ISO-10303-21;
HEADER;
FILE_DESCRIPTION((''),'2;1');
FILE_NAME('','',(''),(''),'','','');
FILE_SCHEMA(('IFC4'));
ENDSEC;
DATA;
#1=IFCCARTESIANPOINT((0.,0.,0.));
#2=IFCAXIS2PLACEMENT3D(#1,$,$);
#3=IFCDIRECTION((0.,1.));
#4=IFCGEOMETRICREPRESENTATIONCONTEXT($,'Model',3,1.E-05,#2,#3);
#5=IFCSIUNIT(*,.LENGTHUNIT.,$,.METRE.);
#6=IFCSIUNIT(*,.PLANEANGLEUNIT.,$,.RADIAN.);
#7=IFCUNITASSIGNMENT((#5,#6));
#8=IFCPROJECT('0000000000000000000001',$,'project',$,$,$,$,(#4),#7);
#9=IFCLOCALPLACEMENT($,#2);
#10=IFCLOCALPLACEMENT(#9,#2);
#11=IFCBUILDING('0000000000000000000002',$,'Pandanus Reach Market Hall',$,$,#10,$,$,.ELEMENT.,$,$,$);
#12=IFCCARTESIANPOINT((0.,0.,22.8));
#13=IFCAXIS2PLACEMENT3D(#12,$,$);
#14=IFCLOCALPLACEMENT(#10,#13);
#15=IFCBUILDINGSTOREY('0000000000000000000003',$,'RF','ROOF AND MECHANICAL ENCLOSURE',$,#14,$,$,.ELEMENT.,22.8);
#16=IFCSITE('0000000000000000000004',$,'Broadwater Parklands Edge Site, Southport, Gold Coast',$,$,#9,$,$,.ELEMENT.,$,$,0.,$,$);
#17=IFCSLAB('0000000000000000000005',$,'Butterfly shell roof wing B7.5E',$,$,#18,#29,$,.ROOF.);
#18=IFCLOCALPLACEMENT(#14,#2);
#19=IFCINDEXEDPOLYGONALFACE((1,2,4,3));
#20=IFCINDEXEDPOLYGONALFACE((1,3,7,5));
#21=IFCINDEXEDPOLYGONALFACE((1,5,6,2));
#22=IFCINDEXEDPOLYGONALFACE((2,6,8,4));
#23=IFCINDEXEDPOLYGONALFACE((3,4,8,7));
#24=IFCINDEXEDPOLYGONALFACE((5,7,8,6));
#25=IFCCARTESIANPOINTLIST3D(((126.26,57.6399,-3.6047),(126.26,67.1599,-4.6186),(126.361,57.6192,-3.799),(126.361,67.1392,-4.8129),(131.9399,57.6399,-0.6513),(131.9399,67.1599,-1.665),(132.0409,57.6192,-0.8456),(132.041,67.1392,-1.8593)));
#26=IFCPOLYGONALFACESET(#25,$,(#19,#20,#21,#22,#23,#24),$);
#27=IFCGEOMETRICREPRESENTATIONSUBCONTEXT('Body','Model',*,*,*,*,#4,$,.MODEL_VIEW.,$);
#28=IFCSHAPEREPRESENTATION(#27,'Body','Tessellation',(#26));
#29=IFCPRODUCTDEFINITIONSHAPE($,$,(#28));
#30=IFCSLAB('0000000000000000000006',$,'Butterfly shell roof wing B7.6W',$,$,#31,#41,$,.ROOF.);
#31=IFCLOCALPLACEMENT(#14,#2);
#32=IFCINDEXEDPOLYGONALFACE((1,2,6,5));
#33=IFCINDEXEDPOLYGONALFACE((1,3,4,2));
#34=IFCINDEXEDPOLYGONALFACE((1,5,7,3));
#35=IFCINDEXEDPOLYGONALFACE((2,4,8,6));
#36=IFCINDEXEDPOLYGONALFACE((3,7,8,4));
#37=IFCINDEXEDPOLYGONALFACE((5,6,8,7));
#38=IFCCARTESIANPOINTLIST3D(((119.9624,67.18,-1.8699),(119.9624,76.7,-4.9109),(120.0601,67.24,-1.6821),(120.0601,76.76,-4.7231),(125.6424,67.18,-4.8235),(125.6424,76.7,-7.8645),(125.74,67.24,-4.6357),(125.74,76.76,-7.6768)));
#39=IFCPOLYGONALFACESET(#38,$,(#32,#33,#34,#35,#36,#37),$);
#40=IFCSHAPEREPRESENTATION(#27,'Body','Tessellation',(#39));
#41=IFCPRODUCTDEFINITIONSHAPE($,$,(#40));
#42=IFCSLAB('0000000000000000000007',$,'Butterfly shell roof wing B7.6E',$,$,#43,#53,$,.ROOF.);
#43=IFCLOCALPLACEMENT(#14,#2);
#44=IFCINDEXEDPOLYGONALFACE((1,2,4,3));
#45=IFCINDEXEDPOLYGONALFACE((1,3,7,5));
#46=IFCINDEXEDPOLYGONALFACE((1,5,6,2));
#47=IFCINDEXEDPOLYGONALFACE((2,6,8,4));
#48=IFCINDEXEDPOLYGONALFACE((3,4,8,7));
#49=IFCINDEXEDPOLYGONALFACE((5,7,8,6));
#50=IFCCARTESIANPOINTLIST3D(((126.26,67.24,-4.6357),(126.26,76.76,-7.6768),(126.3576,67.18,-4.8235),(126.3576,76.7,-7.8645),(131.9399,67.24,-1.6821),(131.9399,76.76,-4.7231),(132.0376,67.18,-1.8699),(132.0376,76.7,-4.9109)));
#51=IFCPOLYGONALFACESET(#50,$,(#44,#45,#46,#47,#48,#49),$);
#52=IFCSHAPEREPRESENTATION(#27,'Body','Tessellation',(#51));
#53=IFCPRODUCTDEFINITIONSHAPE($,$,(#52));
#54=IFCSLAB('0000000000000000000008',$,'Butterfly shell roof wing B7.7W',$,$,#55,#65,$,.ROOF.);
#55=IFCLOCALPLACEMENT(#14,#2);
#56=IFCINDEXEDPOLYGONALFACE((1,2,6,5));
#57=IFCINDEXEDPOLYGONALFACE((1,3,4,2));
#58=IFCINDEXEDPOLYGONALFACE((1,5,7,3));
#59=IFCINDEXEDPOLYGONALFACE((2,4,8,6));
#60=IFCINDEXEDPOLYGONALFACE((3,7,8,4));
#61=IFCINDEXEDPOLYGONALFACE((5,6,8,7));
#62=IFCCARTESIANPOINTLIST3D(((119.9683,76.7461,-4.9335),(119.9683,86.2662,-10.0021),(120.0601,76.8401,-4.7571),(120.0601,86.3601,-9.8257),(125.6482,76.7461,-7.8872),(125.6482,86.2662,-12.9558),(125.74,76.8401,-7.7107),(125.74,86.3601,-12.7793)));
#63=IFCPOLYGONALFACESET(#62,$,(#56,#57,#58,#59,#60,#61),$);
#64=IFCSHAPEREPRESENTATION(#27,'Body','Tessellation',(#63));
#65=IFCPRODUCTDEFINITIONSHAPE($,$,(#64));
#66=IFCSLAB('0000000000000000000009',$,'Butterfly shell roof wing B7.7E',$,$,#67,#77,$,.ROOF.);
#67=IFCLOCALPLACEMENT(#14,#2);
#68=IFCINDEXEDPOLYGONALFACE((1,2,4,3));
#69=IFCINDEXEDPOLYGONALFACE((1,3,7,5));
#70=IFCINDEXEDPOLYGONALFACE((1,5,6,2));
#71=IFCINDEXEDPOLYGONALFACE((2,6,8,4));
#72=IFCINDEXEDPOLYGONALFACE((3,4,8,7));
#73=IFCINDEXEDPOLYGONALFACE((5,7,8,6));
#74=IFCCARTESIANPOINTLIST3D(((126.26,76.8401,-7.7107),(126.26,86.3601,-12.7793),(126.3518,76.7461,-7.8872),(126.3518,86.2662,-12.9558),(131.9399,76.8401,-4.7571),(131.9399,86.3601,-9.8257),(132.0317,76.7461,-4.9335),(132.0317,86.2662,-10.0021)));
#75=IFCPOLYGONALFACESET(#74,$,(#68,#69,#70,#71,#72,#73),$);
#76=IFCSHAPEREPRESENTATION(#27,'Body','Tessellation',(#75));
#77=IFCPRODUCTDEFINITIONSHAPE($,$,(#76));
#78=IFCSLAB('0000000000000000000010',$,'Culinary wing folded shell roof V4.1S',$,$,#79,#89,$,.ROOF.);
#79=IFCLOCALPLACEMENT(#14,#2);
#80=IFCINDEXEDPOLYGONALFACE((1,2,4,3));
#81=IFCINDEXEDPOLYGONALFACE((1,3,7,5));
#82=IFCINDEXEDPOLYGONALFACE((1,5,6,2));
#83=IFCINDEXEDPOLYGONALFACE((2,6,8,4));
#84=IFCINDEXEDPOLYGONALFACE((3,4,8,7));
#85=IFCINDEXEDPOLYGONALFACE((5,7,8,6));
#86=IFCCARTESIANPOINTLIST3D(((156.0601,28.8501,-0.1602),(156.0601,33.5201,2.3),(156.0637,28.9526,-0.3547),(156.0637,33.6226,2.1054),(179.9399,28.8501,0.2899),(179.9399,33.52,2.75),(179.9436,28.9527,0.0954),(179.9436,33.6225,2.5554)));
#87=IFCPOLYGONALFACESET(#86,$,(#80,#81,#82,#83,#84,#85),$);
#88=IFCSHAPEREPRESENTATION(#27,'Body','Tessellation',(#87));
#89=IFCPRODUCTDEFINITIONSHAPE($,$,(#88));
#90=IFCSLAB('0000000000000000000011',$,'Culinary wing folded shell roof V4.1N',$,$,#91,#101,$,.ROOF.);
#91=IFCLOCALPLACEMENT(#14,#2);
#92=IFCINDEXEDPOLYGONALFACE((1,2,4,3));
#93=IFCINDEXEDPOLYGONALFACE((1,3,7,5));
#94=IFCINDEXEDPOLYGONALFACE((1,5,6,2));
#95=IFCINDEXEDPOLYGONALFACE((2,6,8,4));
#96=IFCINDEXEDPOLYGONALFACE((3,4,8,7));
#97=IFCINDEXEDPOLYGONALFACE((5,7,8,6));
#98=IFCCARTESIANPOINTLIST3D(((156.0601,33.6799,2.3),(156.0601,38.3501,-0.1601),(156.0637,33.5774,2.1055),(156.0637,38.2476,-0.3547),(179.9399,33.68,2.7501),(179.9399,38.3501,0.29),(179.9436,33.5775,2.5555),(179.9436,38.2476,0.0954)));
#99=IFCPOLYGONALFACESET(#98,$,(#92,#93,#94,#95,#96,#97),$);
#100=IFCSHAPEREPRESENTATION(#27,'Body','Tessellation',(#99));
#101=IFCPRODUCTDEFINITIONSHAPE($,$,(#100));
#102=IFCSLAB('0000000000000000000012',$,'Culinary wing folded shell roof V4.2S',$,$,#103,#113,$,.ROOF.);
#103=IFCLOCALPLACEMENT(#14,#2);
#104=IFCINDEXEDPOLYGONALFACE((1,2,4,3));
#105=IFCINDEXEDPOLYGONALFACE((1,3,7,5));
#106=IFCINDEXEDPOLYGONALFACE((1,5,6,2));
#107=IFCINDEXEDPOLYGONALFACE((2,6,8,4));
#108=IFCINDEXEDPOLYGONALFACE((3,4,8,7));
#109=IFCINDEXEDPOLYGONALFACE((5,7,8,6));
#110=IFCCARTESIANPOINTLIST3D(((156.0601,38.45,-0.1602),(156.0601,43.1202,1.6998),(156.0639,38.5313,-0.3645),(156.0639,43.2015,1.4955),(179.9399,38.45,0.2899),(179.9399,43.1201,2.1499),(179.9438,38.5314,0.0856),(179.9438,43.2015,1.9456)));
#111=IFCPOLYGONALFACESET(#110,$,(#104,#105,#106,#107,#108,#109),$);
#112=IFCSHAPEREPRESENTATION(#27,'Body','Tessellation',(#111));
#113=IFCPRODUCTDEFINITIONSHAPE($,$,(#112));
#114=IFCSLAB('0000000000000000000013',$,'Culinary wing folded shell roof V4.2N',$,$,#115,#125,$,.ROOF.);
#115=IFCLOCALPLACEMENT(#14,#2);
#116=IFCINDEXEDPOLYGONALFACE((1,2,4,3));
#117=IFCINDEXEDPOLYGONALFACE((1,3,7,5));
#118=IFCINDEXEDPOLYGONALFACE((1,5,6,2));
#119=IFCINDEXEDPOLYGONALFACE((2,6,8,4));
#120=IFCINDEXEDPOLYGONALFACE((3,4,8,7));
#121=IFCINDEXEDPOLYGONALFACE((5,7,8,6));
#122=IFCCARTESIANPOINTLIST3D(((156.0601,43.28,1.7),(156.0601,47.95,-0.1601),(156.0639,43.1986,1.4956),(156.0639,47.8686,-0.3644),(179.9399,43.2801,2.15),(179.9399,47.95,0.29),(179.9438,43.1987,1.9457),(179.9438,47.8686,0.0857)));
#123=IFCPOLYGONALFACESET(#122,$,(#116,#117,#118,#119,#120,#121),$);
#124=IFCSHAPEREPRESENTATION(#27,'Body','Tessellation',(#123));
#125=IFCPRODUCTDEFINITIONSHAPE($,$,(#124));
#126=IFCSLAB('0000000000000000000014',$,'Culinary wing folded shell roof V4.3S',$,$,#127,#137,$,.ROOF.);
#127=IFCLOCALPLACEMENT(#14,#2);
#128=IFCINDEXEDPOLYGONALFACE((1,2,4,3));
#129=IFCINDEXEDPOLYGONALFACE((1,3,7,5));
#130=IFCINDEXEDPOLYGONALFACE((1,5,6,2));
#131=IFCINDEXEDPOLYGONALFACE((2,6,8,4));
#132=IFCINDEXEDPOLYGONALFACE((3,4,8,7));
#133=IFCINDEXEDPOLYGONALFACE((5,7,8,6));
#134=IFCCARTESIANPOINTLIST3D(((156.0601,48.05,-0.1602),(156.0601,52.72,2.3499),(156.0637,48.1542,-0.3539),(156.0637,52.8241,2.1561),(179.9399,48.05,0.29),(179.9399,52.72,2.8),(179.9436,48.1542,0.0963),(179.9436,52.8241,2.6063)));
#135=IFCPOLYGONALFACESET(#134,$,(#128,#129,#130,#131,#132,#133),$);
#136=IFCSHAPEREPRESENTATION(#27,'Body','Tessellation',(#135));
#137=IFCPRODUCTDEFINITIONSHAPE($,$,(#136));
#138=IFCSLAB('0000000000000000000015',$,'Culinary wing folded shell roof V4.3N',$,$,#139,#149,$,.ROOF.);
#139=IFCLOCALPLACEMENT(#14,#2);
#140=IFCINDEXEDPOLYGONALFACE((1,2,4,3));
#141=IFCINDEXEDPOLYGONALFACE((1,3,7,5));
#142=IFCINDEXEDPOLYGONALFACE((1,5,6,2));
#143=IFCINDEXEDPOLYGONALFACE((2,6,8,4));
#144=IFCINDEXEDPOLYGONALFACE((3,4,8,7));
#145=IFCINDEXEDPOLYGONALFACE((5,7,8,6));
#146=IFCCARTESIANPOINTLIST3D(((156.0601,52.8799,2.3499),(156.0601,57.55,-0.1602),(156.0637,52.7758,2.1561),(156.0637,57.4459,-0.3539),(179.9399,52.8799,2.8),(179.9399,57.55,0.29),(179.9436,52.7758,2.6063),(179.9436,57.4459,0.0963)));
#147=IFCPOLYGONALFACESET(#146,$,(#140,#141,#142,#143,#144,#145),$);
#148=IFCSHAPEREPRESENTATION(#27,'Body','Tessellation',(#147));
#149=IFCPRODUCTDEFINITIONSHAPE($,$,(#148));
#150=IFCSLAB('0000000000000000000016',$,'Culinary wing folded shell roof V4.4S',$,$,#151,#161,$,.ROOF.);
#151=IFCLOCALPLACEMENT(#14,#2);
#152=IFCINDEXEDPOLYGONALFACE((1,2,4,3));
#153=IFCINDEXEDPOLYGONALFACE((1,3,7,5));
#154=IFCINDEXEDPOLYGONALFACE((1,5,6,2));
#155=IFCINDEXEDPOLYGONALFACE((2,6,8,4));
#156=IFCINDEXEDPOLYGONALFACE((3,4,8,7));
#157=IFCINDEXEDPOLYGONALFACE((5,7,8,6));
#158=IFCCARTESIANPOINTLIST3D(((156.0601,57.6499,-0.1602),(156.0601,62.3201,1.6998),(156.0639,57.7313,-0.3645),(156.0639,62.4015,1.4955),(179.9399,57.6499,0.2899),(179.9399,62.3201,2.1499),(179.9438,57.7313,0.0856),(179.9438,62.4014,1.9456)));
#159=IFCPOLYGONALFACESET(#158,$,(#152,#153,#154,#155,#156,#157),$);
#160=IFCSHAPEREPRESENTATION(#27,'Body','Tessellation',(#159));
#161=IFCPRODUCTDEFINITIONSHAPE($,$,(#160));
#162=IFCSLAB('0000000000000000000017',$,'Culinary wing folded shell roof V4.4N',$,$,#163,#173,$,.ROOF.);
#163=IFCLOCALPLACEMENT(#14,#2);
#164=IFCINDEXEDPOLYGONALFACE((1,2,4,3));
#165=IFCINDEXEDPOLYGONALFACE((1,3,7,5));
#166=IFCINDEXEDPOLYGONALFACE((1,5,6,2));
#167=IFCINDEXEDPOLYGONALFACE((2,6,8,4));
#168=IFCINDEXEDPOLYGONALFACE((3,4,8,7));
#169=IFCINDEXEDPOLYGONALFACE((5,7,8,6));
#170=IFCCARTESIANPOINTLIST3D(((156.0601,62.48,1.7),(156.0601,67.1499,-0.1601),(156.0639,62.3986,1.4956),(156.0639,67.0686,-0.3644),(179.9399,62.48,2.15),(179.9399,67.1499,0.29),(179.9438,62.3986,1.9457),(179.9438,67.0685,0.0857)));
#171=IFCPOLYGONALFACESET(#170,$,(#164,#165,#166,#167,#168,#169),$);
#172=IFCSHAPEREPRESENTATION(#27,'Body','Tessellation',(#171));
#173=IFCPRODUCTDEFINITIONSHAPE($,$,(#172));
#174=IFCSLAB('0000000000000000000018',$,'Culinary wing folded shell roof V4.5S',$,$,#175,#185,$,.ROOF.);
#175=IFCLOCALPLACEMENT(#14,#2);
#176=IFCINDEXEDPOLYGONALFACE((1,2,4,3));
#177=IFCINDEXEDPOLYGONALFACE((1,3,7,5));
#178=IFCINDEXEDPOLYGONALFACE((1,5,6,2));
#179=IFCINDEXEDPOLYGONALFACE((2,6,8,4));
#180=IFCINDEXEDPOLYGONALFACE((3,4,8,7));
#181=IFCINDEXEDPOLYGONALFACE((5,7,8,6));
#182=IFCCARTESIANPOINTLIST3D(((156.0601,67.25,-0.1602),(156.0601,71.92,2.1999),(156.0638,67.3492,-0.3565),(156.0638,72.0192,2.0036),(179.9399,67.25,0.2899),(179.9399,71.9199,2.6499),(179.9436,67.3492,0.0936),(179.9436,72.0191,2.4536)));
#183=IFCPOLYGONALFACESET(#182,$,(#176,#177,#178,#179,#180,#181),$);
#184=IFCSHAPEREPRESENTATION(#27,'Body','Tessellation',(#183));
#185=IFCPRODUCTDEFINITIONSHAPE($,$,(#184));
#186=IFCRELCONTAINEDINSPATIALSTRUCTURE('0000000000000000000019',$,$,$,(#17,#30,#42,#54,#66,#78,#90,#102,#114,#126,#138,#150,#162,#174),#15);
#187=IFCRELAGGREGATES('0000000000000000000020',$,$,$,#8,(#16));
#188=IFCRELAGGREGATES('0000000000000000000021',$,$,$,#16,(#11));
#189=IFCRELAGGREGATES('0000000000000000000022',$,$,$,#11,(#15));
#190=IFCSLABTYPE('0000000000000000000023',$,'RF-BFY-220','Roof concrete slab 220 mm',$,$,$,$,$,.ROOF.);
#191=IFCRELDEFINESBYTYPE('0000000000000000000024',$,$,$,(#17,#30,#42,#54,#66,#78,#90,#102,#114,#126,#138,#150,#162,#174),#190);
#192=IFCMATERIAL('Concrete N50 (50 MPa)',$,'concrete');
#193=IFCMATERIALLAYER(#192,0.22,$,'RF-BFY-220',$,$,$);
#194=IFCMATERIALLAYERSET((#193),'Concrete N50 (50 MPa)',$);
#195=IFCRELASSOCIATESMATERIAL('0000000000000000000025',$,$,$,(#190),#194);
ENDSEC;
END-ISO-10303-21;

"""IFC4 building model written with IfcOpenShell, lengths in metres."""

from ifc_helpers import new_model, si_unit, direction, frame, origin, place, context, subcontext, project, spatial, polyline, outline, extrude, material, layer, layer_set, type_object, element, save


model = new_model("IFC4")

# Units and contexts
model_context = context("Model", 3, precision=1e-05, world=origin(), true_north=direction((0.0, 1.0)))
body_context = subcontext(model_context, "Body", "Model", "MODEL_VIEW")
ifc_project = project(units=[si_unit("LENGTHUNIT", "METRE"), si_unit("PLANEANGLEUNIT", "RADIAN")], contexts=[model_context])

# Site, building, storey
site_placement = place(None, origin())
site = spatial("IfcSite", under=ifc_project, at=site_placement, Name="Broadwater Parklands Edge Site, Southport, Gold Coast", CompositionType="ELEMENT", RefElevation=0.0)
building_placement = place(site_placement, origin())
building = spatial("IfcBuilding", under=site, at=building_placement, Name="Pandanus Reach Market Hall", CompositionType="ELEMENT")
storey_placement = place(building_placement, frame((0.0, 0.0, 22.8)))
storey = spatial("IfcBuildingStorey", under=building, at=storey_placement, Name="RF", Description="ROOF AND MECHANICAL ENCLOSURE", CompositionType="ELEMENT", Elevation=22.8)

# Slabs
ifc_material_1 = material(Name="Concrete N50 (50 MPa)", Category="concrete")
ifc_layer_1 = layer(ifc_material_1, 0.22, Name="RF-BFY-220")
ifc_layer_set_1 = layer_set([ifc_layer_1], Name="Concrete N50 (50 MPa)")
slab_type_1 = type_object("IfcSlabType", Name="RF-BFY-220", Description="Roof concrete slab 220 mm", PredefinedType="ROOF", material=ifc_layer_set_1)
slab_1_placement = place(storey_placement, frame((126.26, 57.6399, -3.6047), z_axis=(-0.459298, 0.094062, 0.883288), x_axis=(0.887222, 0.000002, 0.461344)))
element("IfcSlab", 1, at=slab_1_placement, inside=storey, type_object=slab_type_1, Name="Butterfly shell roof wing B7.5E", PredefinedType="ROOF", context=body_context, shape_type="SweptSolid", body=[
    extrude(outline(polyline([(0.0, 0.0), (6.4019, 0.0), (5.9342, 9.5624), (-0.4677, 9.5624), (0.0, 0.0)])), origin(), (0.0, 0.0, -1.0), 0.22),
])
slab_2_placement = place(storey_placement, frame((120.0601, 67.24, -1.6821), z_axis=(0.443877, 0.272667, 0.853596), x_axis=(0.887214, 0.0, -0.461359)))
element("IfcSlab", 2, at=slab_2_placement, inside=storey, type_object=slab_type_1, Name="Butterfly shell roof wing B7.6W", PredefinedType="ROOF", context=body_context, shape_type="SweptSolid", body=[
    extrude(outline(polyline([(0.0, 0.0), (6.402, 0.0), (7.805, 9.895), (1.403, 9.895), (0.0, 0.0)])), origin(), (0.0, 0.0, -1.0), 0.22),
])
slab_3_placement = place(storey_placement, frame((126.26, 67.24, -4.6357), z_axis=(-0.443877, 0.272667, 0.853596), x_axis=(0.887214, 0.0, 0.461359)))
element("IfcSlab", 3, at=slab_3_placement, inside=storey, type_object=slab_type_1, Name="Butterfly shell roof wing B7.6E", PredefinedType="ROOF", context=body_context, shape_type="SweptSolid", body=[
    extrude(outline(polyline([(0.0, 0.0), (6.402, 0.0), (4.999, 9.895), (-1.403, 9.895), (0.0, 0.0)])), origin(), (0.0, 0.0, -1.0), 0.22),
])
slab_4_placement = place(storey_placement, frame((120.0601, 76.8401, -4.7571), z_axis=(0.41716, 0.427113, 0.802217), x_axis=(0.887214, 0.0, -0.461359)))
element("IfcSlab", 4, at=slab_4_placement, inside=storey, type_object=slab_type_1, Name="Butterfly shell roof wing B7.7W", PredefinedType="ROOF", context=body_context, shape_type="SweptSolid", body=[
    extrude(outline(polyline([(0.0, 0.0), (6.402, 0.0), (8.7404, 10.5287), (2.3384, 10.5287), (0.0, 0.0)])), origin(), (0.0, 0.0, -1.0), 0.22),
])
slab_5_placement = place(storey_placement, frame((126.26, 76.8401, -7.7107), z_axis=(-0.41716, 0.427113, 0.802217), x_axis=(0.887214, 0.0, 0.461359)))
element("IfcSlab", 5, at=slab_5_placement, inside=storey, type_object=slab_type_1, Name="Butterfly shell roof wing B7.7E", PredefinedType="ROOF", context=body_context, shape_type="SweptSolid", body=[
    extrude(outline(polyline([(0.0, 0.0), (6.402, 0.0), (4.0635, 10.5287), (-2.3384, 10.5287), (0.0, 0.0)])), origin(), (0.0, 0.0, -1.0), 0.22),
])
slab_6_placement = place(storey_placement, frame((156.0601, 28.8501, -0.1602), z_axis=(-0.016673, -0.466012, 0.884621), x_axis=(0.999822, 0.000002, 0.018845)))
element("IfcSlab", 6, at=slab_6_placement, inside=storey, type_object=slab_type_1, Name="Culinary wing folded shell roof V4.1S", PredefinedType="ROOF", context=body_context, shape_type="SweptSolid", body=[
    extrude(outline(polyline([(0.0, 0.0), (23.8841, 0.0), (23.9305, 5.278), (0.0464, 5.2781), (0.0, 0.0)])), origin(), (0.0, 0.0, -1.0), 0.22),
])
slab_7_placement = place(storey_placement, frame((156.0601, 33.6799, 2.3), z_axis=(-0.016673, 0.465993, 0.884631), x_axis=(0.999822, 0.000002, 0.018843)))
element("IfcSlab", 7, at=slab_7_placement, inside=storey, type_object=slab_type_1, Name="Culinary wing folded shell roof V4.1N", PredefinedType="ROOF", context=body_context, shape_type="SweptSolid", body=[
    extrude(outline(polyline([(0.0, 0.0), (23.8841, 0.0), (23.8378, 5.2782), (-0.0463, 5.2783), (0.0, 0.0)])), origin(), (0.0, 0.0, -1.0), 0.22),
])
slab_8_placement = place(storey_placement, frame((156.0601, 38.45, -0.1602), z_axis=(-0.017507, -0.369948, 0.928888), x_axis=(0.999822, 0.000002, 0.018845)))
element("IfcSlab", 8, at=slab_8_placement, inside=storey, type_object=slab_type_1, Name="Culinary wing folded shell roof V4.2S", PredefinedType="ROOF", context=body_context, shape_type="SweptSolid", body=[
    extrude(outline(polyline([(0.0, 0.0), (23.8841, 0.0), (23.9192, 5.0268), (0.0351, 5.0268), (0.0, 0.0)])), origin(), (0.0, 0.0, -1.0), 0.22),
])
slab_9_placement = place(storey_placement, frame((156.0601, 43.28, 1.7), z_axis=(-0.017507, 0.369964, 0.928881), x_axis=(0.999822, 0.000002, 0.018843)))
element("IfcSlab", 9, at=slab_9_placement, inside=storey, type_object=slab_type_1, Name="Culinary wing folded shell roof V4.2N", PredefinedType="ROOF", context=body_context, shape_type="SweptSolid", body=[
    extrude(outline(polyline([(0.0, 0.0), (23.8841, 0.0), (23.8491, 5.0265), (-0.035, 5.0266), (0.0, 0.0)])), origin(), (0.0, 0.0, -1.0), 0.22),
])
slab_10_placement = place(storey_placement, frame((156.0601, 48.05, -0.1602), z_axis=(-0.016604, -0.473367, 0.880709), x_axis=(0.999822, 0.0, 0.018849)))
element("IfcSlab", 10, at=slab_10_placement, inside=storey, type_object=slab_type_1, Name="Culinary wing folded shell roof V4.3S", PredefinedType="ROOF", context=body_context, shape_type="SweptSolid", body=[
    extrude(outline(polyline([(0.0, 0.0), (23.8841, 0.0), (23.9314, 5.3015), (0.0473, 5.3015), (0.0, 0.0)])), origin(), (0.0, 0.0, -1.0), 0.22),
])
slab_11_placement = place(storey_placement, frame((156.0601, 52.8799, 2.3499), z_axis=(-0.016604, 0.473348, 0.880719), x_axis=(0.999822, 0.0, 0.018849)))
element("IfcSlab", 11, at=slab_11_placement, inside=storey, type_object=slab_type_1, Name="Culinary wing folded shell roof V4.3N", PredefinedType="ROOF", context=body_context, shape_type="SweptSolid", body=[
    extrude(outline(polyline([(0.0, 0.0), (23.8841, 0.0), (23.8368, 5.3017), (-0.0473, 5.3017), (0.0, 0.0)])), origin(), (0.0, 0.0, -1.0), 0.22),
])
slab_12_placement = place(storey_placement, frame((156.0601, 57.6499, -0.1602), z_axis=(-0.017507, -0.369948, 0.928888), x_axis=(0.999822, 0.000002, 0.018845)))
element("IfcSlab", 12, at=slab_12_placement, inside=storey, type_object=slab_type_1, Name="Culinary wing folded shell roof V4.4S", PredefinedType="ROOF", context=body_context, shape_type="SweptSolid", body=[
    extrude(outline(polyline([(0.0, 0.0), (23.8841, 0.0), (23.9192, 5.0268), (0.0351, 5.0268), (0.0, 0.0)])), origin(), (0.0, 0.0, -1.0), 0.22),
])
slab_13_placement = place(storey_placement, frame((156.0601, 62.48, 1.7), z_axis=(-0.017507, 0.369964, 0.928881), x_axis=(0.999822, 0.000002, 0.018843)))
element("IfcSlab", 13, at=slab_13_placement, inside=storey, type_object=slab_type_1, Name="Culinary wing folded shell roof V4.4N", PredefinedType="ROOF", context=body_context, shape_type="SweptSolid", body=[
    extrude(outline(polyline([(0.0, 0.0), (23.8841, 0.0), (23.8491, 5.0265), (-0.035, 5.0266), (0.0, 0.0)])), origin(), (0.0, 0.0, -1.0), 0.22),
])
slab_14_placement = place(storey_placement, frame((156.0601, 67.25, -0.1602), z_axis=(-0.016819, -0.450972, 0.89238), x_axis=(0.999822, 0.000002, 0.018845)))
element("IfcSlab", 14, at=slab_14_placement, inside=storey, type_object=slab_type_1, Name="Culinary wing folded shell roof V4.5S", PredefinedType="ROOF", context=body_context, shape_type="SweptSolid", body=[
    extrude(outline(polyline([(0.0, 0.0), (23.8841, 0.0), (23.9286, 5.2321), (0.0445, 5.2322), (0.0, 0.0)])), origin(), (0.0, 0.0, -1.0), 0.22),
])

save(model, "model.ifc")
